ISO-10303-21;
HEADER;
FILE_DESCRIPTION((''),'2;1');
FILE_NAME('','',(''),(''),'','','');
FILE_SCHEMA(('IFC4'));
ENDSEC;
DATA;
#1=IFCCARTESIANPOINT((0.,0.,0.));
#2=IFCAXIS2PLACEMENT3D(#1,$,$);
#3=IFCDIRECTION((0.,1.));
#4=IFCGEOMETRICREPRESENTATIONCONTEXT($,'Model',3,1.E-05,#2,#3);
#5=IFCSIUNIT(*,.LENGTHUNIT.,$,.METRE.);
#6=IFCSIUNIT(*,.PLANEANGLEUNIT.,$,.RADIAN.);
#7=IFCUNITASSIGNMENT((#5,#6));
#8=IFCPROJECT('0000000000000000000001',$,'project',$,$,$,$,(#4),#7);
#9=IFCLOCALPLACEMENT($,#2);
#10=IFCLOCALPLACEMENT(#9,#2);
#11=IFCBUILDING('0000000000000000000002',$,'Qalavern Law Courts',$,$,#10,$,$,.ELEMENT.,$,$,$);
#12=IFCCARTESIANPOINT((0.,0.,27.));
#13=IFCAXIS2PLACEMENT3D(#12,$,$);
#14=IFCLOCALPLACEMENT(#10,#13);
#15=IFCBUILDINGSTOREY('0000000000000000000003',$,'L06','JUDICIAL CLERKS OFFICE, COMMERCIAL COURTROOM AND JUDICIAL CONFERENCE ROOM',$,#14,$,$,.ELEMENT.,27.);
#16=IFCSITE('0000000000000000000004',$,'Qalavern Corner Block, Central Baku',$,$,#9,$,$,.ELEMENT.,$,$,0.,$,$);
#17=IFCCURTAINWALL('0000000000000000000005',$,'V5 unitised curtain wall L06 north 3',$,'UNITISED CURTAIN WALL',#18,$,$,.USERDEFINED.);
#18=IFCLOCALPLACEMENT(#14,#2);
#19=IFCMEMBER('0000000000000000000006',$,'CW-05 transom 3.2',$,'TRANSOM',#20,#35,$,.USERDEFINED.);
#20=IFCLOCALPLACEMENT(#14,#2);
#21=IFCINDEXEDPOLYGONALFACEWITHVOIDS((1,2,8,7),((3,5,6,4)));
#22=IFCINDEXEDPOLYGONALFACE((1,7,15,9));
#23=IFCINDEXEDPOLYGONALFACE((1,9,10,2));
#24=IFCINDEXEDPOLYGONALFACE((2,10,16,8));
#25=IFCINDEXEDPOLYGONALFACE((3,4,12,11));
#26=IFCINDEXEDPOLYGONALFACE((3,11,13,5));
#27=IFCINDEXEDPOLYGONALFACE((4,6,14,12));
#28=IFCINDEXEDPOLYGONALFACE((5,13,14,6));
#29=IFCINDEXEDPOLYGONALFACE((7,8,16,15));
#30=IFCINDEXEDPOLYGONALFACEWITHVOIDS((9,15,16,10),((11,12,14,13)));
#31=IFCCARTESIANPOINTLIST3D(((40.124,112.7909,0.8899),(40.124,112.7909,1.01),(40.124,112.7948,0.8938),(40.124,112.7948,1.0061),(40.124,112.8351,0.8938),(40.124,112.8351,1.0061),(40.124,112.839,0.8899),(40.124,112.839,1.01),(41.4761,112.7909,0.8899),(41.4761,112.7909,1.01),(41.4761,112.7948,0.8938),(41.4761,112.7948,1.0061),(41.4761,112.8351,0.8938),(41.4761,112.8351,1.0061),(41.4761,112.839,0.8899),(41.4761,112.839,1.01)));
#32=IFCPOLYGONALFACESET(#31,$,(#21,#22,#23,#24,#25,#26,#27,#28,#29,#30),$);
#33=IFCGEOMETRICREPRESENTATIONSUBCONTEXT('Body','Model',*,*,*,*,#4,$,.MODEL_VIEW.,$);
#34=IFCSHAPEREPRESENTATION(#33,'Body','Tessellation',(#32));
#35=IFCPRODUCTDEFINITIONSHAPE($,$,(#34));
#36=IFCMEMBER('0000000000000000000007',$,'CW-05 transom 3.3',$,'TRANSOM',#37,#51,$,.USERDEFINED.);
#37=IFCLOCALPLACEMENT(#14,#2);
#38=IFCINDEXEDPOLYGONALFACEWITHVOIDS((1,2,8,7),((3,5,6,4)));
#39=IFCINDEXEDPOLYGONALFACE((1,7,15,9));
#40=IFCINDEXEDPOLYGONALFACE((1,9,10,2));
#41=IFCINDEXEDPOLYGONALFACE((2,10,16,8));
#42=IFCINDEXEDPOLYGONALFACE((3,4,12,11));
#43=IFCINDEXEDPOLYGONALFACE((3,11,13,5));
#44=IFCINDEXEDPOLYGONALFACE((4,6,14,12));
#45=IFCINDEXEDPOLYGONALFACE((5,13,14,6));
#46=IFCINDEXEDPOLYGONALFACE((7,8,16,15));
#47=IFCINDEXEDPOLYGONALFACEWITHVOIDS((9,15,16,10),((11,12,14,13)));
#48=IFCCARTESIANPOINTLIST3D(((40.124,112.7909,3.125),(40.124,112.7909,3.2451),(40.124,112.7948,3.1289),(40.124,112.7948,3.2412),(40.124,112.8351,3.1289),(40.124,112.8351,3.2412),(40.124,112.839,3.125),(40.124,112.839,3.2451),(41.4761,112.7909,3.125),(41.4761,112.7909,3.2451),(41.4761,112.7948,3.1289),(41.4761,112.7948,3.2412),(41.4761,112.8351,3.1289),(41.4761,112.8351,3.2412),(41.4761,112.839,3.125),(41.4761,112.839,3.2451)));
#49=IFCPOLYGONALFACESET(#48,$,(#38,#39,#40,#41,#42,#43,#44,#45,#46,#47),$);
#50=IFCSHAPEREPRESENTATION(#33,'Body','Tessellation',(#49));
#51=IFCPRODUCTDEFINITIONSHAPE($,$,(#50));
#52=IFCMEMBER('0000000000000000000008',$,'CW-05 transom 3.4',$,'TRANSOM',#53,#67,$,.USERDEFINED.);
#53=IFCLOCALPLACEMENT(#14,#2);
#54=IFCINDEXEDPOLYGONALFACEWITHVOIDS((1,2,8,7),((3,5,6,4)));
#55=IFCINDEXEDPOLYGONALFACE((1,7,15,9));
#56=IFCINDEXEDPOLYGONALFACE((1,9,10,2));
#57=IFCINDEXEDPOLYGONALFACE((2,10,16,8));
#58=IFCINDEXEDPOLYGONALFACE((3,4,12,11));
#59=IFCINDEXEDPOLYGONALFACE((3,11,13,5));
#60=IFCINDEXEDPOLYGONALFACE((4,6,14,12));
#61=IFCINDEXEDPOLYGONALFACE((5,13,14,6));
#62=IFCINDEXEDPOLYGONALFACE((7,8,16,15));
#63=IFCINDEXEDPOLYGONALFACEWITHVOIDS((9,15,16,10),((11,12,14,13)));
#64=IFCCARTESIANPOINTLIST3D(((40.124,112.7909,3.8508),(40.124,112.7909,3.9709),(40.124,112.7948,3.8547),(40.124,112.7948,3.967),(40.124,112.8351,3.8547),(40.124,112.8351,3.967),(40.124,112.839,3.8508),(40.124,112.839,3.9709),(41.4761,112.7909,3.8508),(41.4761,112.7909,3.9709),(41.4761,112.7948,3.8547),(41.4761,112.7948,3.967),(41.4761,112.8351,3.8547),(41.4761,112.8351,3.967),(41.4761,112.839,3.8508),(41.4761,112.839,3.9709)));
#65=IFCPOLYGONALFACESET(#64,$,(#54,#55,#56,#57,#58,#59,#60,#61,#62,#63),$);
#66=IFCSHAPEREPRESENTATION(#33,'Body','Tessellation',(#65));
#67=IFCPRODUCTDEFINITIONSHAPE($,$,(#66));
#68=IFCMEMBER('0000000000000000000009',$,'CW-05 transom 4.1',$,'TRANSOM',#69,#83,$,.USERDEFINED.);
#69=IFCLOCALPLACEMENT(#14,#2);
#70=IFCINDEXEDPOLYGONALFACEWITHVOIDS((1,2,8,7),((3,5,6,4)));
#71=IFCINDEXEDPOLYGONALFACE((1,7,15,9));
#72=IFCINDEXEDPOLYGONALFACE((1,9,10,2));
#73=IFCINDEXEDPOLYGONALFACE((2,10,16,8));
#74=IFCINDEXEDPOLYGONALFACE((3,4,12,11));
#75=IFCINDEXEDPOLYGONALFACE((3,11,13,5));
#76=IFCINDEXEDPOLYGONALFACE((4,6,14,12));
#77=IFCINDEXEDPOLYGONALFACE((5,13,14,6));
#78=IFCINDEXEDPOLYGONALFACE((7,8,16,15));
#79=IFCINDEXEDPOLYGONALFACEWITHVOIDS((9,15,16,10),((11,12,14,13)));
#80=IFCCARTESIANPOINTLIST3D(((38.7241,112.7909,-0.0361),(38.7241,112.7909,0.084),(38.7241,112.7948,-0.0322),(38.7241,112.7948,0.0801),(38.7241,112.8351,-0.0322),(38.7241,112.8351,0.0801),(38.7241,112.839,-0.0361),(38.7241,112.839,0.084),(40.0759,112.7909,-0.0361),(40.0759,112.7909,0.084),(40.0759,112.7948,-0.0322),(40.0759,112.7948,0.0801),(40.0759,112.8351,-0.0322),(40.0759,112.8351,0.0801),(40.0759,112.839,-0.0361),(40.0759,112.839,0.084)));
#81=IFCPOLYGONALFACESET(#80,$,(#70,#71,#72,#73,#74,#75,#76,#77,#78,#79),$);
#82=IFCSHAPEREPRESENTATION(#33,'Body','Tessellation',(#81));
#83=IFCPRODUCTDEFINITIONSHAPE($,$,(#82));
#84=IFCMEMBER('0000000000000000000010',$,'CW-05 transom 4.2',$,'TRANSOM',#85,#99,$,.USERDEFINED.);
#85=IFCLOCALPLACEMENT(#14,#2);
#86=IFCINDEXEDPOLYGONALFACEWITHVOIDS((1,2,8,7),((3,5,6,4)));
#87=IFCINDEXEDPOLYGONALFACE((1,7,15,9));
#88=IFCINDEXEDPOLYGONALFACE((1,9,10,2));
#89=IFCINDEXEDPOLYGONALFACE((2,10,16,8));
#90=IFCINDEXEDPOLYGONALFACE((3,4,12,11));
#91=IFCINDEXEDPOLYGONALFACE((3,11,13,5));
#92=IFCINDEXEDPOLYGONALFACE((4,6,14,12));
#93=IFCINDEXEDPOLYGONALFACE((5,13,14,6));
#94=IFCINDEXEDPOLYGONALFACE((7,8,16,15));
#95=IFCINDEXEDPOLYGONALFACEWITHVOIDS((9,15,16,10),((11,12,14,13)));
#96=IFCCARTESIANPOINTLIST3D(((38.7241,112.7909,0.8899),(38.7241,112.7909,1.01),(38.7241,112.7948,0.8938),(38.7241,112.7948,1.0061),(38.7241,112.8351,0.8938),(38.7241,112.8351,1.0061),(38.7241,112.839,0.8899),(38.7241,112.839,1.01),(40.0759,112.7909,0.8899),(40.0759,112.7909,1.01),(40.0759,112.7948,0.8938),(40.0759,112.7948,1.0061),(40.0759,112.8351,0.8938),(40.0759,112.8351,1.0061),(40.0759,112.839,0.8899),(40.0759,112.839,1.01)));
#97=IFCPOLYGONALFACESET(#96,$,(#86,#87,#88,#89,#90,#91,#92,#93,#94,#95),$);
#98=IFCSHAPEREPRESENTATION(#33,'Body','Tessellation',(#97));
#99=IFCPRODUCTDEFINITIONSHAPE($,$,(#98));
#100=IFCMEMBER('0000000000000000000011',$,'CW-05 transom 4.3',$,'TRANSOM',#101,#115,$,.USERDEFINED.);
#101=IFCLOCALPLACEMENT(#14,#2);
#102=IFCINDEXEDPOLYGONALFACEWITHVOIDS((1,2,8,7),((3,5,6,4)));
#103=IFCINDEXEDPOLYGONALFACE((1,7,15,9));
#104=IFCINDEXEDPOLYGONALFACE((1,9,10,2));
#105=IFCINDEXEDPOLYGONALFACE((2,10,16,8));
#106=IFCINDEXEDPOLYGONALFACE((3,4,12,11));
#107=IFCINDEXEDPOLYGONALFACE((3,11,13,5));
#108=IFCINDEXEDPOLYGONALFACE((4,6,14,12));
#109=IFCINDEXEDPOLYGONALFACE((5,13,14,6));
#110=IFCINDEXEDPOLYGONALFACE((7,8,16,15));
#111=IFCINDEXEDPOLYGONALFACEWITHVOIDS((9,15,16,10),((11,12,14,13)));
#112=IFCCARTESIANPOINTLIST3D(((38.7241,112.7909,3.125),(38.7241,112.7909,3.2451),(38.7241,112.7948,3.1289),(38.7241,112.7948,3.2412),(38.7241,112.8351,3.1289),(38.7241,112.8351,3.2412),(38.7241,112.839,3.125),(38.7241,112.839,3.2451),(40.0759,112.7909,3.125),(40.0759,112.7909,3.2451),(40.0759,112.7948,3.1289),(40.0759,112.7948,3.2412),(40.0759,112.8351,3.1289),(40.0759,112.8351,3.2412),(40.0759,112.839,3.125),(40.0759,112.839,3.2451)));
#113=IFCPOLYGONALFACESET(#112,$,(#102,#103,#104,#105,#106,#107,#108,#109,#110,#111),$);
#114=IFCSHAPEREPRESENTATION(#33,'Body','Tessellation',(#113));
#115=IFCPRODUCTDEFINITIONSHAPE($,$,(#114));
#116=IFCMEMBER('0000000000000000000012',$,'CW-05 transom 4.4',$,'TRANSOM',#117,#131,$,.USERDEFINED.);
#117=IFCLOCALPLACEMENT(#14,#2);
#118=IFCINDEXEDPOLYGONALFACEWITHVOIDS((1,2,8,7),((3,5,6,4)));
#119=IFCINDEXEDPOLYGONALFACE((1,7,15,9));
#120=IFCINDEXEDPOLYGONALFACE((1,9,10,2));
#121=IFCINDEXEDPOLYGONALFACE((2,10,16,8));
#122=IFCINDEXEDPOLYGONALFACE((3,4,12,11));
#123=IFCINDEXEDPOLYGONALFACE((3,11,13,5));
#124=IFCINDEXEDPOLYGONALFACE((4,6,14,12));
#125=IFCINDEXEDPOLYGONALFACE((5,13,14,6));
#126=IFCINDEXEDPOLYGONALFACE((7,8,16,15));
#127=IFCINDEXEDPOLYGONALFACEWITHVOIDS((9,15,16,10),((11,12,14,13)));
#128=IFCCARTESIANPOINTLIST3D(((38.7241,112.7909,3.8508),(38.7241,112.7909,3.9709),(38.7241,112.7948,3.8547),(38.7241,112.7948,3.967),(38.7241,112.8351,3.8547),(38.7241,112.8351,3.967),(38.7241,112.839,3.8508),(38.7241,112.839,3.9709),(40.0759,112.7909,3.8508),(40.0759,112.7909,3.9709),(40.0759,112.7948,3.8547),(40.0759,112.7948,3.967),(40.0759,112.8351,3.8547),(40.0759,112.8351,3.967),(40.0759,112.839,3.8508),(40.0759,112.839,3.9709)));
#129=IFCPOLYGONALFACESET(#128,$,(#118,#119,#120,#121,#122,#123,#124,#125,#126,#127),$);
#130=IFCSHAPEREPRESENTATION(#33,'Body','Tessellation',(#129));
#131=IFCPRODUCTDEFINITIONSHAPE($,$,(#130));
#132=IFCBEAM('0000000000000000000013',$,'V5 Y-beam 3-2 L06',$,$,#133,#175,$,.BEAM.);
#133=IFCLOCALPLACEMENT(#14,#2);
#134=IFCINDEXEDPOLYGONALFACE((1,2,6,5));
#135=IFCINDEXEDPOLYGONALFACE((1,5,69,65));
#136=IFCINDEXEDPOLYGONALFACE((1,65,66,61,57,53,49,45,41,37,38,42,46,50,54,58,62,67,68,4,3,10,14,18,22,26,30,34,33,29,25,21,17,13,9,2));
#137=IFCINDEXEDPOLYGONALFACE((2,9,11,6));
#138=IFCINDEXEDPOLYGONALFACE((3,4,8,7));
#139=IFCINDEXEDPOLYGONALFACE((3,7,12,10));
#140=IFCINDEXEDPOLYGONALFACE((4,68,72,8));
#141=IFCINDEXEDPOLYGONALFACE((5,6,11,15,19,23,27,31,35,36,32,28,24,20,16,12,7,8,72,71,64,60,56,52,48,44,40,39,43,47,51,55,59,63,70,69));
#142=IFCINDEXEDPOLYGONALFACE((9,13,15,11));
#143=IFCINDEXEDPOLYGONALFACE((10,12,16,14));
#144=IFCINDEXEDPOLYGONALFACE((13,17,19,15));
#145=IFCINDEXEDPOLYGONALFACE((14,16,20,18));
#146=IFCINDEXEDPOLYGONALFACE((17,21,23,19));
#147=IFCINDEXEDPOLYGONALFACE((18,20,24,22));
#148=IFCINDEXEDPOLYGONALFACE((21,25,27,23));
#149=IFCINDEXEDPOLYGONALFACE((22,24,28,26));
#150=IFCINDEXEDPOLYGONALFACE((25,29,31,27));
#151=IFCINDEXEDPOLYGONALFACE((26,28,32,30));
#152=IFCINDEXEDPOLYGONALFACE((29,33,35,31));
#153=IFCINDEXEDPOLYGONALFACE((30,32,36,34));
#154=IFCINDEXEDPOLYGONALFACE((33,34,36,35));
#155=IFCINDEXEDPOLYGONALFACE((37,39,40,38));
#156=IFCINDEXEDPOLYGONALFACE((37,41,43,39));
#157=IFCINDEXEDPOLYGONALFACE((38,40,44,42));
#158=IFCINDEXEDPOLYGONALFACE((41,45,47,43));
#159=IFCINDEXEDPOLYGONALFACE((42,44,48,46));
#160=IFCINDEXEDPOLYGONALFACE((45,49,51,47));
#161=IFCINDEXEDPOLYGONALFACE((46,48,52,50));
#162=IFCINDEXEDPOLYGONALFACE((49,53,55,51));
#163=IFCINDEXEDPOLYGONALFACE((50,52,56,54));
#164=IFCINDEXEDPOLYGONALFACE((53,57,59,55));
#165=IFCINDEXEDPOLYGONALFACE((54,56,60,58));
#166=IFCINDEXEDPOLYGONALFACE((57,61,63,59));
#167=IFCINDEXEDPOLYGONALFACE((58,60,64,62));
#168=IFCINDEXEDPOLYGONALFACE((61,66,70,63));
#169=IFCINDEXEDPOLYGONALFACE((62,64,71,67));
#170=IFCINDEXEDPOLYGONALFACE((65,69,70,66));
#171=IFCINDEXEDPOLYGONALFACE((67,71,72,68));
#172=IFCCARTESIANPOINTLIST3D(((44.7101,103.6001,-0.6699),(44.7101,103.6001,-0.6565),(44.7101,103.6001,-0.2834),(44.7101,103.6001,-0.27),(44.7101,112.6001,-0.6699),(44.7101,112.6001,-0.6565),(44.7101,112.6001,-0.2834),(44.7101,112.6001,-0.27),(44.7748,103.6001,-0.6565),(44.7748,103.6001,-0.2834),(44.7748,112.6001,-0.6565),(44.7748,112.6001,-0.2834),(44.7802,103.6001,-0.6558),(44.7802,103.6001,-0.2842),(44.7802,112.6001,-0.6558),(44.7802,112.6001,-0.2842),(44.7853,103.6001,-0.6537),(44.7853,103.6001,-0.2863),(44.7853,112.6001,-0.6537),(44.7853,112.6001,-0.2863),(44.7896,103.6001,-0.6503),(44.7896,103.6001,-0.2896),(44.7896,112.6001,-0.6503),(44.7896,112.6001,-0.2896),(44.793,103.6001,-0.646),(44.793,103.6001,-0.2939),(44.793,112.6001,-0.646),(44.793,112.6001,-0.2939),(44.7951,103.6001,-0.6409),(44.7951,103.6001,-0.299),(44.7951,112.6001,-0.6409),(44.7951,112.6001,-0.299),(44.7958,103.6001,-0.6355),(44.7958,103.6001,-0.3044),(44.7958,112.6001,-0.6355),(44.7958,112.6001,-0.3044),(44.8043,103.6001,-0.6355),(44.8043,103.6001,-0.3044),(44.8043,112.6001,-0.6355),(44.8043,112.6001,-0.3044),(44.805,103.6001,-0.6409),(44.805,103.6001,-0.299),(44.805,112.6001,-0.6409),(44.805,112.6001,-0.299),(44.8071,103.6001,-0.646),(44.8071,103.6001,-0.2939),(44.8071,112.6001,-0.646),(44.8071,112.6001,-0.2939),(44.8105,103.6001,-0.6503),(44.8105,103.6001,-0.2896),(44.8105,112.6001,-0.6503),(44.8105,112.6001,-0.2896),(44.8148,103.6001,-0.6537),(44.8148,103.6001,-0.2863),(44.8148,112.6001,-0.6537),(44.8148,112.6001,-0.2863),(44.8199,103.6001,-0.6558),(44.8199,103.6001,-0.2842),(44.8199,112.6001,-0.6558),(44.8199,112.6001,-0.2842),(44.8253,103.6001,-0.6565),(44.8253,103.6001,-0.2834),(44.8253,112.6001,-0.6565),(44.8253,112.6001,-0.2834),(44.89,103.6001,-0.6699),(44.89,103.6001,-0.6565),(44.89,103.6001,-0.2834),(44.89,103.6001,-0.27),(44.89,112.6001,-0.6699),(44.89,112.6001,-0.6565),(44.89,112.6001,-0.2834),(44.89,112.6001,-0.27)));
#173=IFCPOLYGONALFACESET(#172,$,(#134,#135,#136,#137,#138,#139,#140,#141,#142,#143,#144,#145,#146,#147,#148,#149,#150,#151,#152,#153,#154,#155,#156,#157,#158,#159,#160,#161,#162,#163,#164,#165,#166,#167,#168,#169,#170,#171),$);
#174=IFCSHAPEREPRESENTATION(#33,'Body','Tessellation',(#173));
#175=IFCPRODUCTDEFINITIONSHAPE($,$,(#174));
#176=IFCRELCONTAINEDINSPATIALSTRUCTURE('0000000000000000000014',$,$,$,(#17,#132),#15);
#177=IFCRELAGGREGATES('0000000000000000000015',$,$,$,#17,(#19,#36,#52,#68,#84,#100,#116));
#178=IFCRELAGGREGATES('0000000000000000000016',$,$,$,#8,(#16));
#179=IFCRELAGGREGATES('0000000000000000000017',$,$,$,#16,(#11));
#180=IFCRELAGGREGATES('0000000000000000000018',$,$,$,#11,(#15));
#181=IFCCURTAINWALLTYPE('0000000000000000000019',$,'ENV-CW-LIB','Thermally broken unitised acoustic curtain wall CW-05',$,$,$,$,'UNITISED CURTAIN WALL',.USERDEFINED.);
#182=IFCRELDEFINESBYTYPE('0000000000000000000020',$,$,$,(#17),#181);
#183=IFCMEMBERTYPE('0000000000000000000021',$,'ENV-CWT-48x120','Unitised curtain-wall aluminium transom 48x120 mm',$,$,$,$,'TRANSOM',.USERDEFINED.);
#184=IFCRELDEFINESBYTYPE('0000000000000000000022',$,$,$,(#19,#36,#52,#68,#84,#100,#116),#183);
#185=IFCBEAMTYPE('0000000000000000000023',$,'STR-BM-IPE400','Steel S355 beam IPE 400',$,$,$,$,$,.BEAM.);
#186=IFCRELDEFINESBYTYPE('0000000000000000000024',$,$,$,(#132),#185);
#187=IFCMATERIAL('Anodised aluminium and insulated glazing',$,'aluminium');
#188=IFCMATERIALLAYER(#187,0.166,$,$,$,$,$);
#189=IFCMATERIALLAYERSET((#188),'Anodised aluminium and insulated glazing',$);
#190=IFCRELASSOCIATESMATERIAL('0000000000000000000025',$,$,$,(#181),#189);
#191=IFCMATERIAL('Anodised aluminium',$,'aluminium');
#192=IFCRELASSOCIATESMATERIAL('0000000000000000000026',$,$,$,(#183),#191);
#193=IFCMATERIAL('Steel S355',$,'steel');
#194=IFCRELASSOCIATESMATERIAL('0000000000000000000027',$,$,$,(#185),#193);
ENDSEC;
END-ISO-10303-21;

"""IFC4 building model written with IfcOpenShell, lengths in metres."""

from ifc_helpers import new_model, si_unit, direction, frame, origin, origin_2d, place, context, subcontext, project, spatial, hollow_rectangle, i_section, extrude, material, layer, layer_set, material_profile, profile_set, type_object, element, aggregate, save


model = new_model("IFC4")

# Units and contexts
model_context = context("Model", 3, precision=1e-05, world=origin(), true_north=direction((0.0, 1.0)))
body_context = subcontext(model_context, "Body", "Model", "MODEL_VIEW")
ifc_project = project(units=[si_unit("LENGTHUNIT", "METRE"), si_unit("PLANEANGLEUNIT", "RADIAN")], contexts=[model_context])

# Site, building, storey
site_placement = place(None, origin())
site = spatial("IfcSite", under=ifc_project, at=site_placement, Name="Qalavern Corner Block, Central Baku", CompositionType="ELEMENT", RefElevation=0.0)
building_placement = place(site_placement, origin())
building = spatial("IfcBuilding", under=site, at=building_placement, Name="Qalavern Law Courts", CompositionType="ELEMENT")
storey_placement = place(building_placement, frame((0.0, 0.0, 27.0)))
storey = spatial("IfcBuildingStorey", under=building, at=storey_placement, Name="L06", Description="JUDICIAL CLERKS OFFICE, COMMERCIAL COURTROOM AND JUDICIAL CONFERENCE ROOM", CompositionType="ELEMENT", Elevation=27.0)

# Curtain wall, members
ifc_material_1 = material(Name="Anodised aluminium and insulated glazing", Category="aluminium")
ifc_layer_1 = layer(ifc_material_1, 0.166)
ifc_layer_set_1 = layer_set([ifc_layer_1], Name="Anodised aluminium and insulated glazing")
curtain_wall_type = type_object("IfcCurtainWallType", Name="ENV-CW-LIB", Description="Thermally broken unitised acoustic curtain wall CW-05", ElementType="UNITISED CURTAIN WALL", PredefinedType="USERDEFINED", material=ifc_layer_set_1)
curtain_wall_placement = place(storey_placement, origin())
curtain_wall = element("IfcCurtainWall", 1, at=curtain_wall_placement, inside=storey, type_object=curtain_wall_type, Name="V5 unitised curtain wall L06 north 3", ObjectType="UNITISED CURTAIN WALL", PredefinedType="USERDEFINED")
ifc_material_2 = material(Name="Anodised aluminium", Category="aluminium")
ifc_material_profile_1 = material_profile(ifc_material_2, hollow_rectangle(XDim=0.0481, YDim=0.1201, WallThickness=0.0039, at=origin_2d()), Name="ALU TRANSOM 48x120")
ifc_profile_set_1 = profile_set([ifc_material_profile_1], Name="Anodised aluminium")
member_type_1 = type_object("IfcMemberType", Name="ENV-CWT-48x120", Description="Unitised curtain-wall aluminium transom 48x120 mm", ElementType="TRANSOM", PredefinedType="USERDEFINED", material=ifc_profile_set_1)
member_1_placement = place(storey_placement, frame((41.4761, 112.8149, 0.95), z_axis=(-1.0, 0.0, 0.0), x_axis=(0.0, -1.0, 0.0)))
member_1 = element("IfcMember", 2, at=member_1_placement, type_object=member_type_1, Name="CW-05 transom 3.2", ObjectType="TRANSOM", PredefinedType="USERDEFINED", context=body_context, shape_type="SweptSolid", body=[
    extrude(hollow_rectangle(XDim=0.0481, YDim=0.1201, WallThickness=0.0039, at=origin_2d()), origin(), (0.0, 0.0, 1.0), 1.3521),
])
member_2_placement = place(storey_placement, frame((41.4761, 112.8149, 3.1851), z_axis=(-1.0, 0.0, 0.0), x_axis=(0.0, -1.0, 0.0)))
member_2 = element("IfcMember", 3, at=member_2_placement, type_object=member_type_1, Name="CW-05 transom 3.3", ObjectType="TRANSOM", PredefinedType="USERDEFINED", context=body_context, shape_type="SweptSolid", body=[
    extrude(hollow_rectangle(XDim=0.0481, YDim=0.1201, WallThickness=0.0039, at=origin_2d()), origin(), (0.0, 0.0, 1.0), 1.3521),
])
member_3_placement = place(storey_placement, frame((41.4761, 112.8149, 3.9109), z_axis=(-1.0, 0.0, 0.0), x_axis=(0.0, -1.0, 0.0)))
member_3 = element("IfcMember", 4, at=member_3_placement, type_object=member_type_1, Name="CW-05 transom 3.4", ObjectType="TRANSOM", PredefinedType="USERDEFINED", context=body_context, shape_type="SweptSolid", body=[
    extrude(hollow_rectangle(XDim=0.0481, YDim=0.1201, WallThickness=0.0039, at=origin_2d()), origin(), (0.0, 0.0, 1.0), 1.3521),
])
member_4_placement = place(storey_placement, frame((40.0759, 112.8149, 0.0239), z_axis=(-1.0, 0.0, 0.0), x_axis=(0.0, -1.0, 0.0)))
member_4 = element("IfcMember", 5, at=member_4_placement, type_object=member_type_1, Name="CW-05 transom 4.1", ObjectType="TRANSOM", PredefinedType="USERDEFINED", context=body_context, shape_type="SweptSolid", body=[
    extrude(hollow_rectangle(XDim=0.0481, YDim=0.1201, WallThickness=0.0039, at=origin_2d()), origin(), (0.0, 0.0, 1.0), 1.3518),
])
member_5_placement = place(storey_placement, frame((40.0759, 112.8149, 0.95), z_axis=(-1.0, 0.0, 0.0), x_axis=(0.0, -1.0, 0.0)))
member_5 = element("IfcMember", 6, at=member_5_placement, type_object=member_type_1, Name="CW-05 transom 4.2", ObjectType="TRANSOM", PredefinedType="USERDEFINED", context=body_context, shape_type="SweptSolid", body=[
    extrude(hollow_rectangle(XDim=0.0481, YDim=0.1201, WallThickness=0.0039, at=origin_2d()), origin(), (0.0, 0.0, 1.0), 1.3518),
])
member_6_placement = place(storey_placement, frame((40.0759, 112.8149, 3.1851), z_axis=(-1.0, 0.0, 0.0), x_axis=(0.0, -1.0, 0.0)))
member_6 = element("IfcMember", 7, at=member_6_placement, type_object=member_type_1, Name="CW-05 transom 4.3", ObjectType="TRANSOM", PredefinedType="USERDEFINED", context=body_context, shape_type="SweptSolid", body=[
    extrude(hollow_rectangle(XDim=0.0481, YDim=0.1201, WallThickness=0.0039, at=origin_2d()), origin(), (0.0, 0.0, 1.0), 1.3518),
])
member_7_placement = place(storey_placement, frame((40.0759, 112.8149, 3.9109), z_axis=(-1.0, 0.0, 0.0), x_axis=(0.0, -1.0, 0.0)))
member_7 = element("IfcMember", 8, at=member_7_placement, type_object=member_type_1, Name="CW-05 transom 4.4", ObjectType="TRANSOM", PredefinedType="USERDEFINED", context=body_context, shape_type="SweptSolid", body=[
    extrude(hollow_rectangle(XDim=0.0481, YDim=0.1201, WallThickness=0.0039, at=origin_2d()), origin(), (0.0, 0.0, 1.0), 1.3518),
])

# Beam
ifc_material_3 = material(Name="Steel S355", Category="steel")
ifc_material_profile_2 = material_profile(ifc_material_3, i_section(OverallWidth=0.1799, OverallDepth=0.3999, WebThickness=0.0085, FlangeThickness=0.0134, FilletRadius=0.021, at=origin_2d()), Name="IPE 400")
ifc_profile_set_2 = profile_set([ifc_material_profile_2], Name="Steel S355")
beam_type_1 = type_object("IfcBeamType", Name="STR-BM-IPE400", Description="Steel S355 beam IPE 400", PredefinedType="BEAM", material=ifc_profile_set_2)
beam_1_placement = place(storey_placement, frame((44.8, 103.6001, -0.47), z_axis=(0.0, 1.0, 0.0), x_axis=(-1.0, 0.0, 0.0)))
element("IfcBeam", 9, at=beam_1_placement, inside=storey, type_object=beam_type_1, Name="V5 Y-beam 3-2 L06", PredefinedType="BEAM", context=body_context, shape_type="SweptSolid", body=[
    extrude(i_section(OverallWidth=0.1799, OverallDepth=0.3999, WebThickness=0.0085, FlangeThickness=0.0134, FilletRadius=0.021, at=origin_2d()), origin(), (0.0, 0.0, 1.0), 9.0),
])

aggregate(curtain_wall, [member_1, member_2, member_3, member_4, member_5, member_6, member_7])

save(model, "model.ifc")
